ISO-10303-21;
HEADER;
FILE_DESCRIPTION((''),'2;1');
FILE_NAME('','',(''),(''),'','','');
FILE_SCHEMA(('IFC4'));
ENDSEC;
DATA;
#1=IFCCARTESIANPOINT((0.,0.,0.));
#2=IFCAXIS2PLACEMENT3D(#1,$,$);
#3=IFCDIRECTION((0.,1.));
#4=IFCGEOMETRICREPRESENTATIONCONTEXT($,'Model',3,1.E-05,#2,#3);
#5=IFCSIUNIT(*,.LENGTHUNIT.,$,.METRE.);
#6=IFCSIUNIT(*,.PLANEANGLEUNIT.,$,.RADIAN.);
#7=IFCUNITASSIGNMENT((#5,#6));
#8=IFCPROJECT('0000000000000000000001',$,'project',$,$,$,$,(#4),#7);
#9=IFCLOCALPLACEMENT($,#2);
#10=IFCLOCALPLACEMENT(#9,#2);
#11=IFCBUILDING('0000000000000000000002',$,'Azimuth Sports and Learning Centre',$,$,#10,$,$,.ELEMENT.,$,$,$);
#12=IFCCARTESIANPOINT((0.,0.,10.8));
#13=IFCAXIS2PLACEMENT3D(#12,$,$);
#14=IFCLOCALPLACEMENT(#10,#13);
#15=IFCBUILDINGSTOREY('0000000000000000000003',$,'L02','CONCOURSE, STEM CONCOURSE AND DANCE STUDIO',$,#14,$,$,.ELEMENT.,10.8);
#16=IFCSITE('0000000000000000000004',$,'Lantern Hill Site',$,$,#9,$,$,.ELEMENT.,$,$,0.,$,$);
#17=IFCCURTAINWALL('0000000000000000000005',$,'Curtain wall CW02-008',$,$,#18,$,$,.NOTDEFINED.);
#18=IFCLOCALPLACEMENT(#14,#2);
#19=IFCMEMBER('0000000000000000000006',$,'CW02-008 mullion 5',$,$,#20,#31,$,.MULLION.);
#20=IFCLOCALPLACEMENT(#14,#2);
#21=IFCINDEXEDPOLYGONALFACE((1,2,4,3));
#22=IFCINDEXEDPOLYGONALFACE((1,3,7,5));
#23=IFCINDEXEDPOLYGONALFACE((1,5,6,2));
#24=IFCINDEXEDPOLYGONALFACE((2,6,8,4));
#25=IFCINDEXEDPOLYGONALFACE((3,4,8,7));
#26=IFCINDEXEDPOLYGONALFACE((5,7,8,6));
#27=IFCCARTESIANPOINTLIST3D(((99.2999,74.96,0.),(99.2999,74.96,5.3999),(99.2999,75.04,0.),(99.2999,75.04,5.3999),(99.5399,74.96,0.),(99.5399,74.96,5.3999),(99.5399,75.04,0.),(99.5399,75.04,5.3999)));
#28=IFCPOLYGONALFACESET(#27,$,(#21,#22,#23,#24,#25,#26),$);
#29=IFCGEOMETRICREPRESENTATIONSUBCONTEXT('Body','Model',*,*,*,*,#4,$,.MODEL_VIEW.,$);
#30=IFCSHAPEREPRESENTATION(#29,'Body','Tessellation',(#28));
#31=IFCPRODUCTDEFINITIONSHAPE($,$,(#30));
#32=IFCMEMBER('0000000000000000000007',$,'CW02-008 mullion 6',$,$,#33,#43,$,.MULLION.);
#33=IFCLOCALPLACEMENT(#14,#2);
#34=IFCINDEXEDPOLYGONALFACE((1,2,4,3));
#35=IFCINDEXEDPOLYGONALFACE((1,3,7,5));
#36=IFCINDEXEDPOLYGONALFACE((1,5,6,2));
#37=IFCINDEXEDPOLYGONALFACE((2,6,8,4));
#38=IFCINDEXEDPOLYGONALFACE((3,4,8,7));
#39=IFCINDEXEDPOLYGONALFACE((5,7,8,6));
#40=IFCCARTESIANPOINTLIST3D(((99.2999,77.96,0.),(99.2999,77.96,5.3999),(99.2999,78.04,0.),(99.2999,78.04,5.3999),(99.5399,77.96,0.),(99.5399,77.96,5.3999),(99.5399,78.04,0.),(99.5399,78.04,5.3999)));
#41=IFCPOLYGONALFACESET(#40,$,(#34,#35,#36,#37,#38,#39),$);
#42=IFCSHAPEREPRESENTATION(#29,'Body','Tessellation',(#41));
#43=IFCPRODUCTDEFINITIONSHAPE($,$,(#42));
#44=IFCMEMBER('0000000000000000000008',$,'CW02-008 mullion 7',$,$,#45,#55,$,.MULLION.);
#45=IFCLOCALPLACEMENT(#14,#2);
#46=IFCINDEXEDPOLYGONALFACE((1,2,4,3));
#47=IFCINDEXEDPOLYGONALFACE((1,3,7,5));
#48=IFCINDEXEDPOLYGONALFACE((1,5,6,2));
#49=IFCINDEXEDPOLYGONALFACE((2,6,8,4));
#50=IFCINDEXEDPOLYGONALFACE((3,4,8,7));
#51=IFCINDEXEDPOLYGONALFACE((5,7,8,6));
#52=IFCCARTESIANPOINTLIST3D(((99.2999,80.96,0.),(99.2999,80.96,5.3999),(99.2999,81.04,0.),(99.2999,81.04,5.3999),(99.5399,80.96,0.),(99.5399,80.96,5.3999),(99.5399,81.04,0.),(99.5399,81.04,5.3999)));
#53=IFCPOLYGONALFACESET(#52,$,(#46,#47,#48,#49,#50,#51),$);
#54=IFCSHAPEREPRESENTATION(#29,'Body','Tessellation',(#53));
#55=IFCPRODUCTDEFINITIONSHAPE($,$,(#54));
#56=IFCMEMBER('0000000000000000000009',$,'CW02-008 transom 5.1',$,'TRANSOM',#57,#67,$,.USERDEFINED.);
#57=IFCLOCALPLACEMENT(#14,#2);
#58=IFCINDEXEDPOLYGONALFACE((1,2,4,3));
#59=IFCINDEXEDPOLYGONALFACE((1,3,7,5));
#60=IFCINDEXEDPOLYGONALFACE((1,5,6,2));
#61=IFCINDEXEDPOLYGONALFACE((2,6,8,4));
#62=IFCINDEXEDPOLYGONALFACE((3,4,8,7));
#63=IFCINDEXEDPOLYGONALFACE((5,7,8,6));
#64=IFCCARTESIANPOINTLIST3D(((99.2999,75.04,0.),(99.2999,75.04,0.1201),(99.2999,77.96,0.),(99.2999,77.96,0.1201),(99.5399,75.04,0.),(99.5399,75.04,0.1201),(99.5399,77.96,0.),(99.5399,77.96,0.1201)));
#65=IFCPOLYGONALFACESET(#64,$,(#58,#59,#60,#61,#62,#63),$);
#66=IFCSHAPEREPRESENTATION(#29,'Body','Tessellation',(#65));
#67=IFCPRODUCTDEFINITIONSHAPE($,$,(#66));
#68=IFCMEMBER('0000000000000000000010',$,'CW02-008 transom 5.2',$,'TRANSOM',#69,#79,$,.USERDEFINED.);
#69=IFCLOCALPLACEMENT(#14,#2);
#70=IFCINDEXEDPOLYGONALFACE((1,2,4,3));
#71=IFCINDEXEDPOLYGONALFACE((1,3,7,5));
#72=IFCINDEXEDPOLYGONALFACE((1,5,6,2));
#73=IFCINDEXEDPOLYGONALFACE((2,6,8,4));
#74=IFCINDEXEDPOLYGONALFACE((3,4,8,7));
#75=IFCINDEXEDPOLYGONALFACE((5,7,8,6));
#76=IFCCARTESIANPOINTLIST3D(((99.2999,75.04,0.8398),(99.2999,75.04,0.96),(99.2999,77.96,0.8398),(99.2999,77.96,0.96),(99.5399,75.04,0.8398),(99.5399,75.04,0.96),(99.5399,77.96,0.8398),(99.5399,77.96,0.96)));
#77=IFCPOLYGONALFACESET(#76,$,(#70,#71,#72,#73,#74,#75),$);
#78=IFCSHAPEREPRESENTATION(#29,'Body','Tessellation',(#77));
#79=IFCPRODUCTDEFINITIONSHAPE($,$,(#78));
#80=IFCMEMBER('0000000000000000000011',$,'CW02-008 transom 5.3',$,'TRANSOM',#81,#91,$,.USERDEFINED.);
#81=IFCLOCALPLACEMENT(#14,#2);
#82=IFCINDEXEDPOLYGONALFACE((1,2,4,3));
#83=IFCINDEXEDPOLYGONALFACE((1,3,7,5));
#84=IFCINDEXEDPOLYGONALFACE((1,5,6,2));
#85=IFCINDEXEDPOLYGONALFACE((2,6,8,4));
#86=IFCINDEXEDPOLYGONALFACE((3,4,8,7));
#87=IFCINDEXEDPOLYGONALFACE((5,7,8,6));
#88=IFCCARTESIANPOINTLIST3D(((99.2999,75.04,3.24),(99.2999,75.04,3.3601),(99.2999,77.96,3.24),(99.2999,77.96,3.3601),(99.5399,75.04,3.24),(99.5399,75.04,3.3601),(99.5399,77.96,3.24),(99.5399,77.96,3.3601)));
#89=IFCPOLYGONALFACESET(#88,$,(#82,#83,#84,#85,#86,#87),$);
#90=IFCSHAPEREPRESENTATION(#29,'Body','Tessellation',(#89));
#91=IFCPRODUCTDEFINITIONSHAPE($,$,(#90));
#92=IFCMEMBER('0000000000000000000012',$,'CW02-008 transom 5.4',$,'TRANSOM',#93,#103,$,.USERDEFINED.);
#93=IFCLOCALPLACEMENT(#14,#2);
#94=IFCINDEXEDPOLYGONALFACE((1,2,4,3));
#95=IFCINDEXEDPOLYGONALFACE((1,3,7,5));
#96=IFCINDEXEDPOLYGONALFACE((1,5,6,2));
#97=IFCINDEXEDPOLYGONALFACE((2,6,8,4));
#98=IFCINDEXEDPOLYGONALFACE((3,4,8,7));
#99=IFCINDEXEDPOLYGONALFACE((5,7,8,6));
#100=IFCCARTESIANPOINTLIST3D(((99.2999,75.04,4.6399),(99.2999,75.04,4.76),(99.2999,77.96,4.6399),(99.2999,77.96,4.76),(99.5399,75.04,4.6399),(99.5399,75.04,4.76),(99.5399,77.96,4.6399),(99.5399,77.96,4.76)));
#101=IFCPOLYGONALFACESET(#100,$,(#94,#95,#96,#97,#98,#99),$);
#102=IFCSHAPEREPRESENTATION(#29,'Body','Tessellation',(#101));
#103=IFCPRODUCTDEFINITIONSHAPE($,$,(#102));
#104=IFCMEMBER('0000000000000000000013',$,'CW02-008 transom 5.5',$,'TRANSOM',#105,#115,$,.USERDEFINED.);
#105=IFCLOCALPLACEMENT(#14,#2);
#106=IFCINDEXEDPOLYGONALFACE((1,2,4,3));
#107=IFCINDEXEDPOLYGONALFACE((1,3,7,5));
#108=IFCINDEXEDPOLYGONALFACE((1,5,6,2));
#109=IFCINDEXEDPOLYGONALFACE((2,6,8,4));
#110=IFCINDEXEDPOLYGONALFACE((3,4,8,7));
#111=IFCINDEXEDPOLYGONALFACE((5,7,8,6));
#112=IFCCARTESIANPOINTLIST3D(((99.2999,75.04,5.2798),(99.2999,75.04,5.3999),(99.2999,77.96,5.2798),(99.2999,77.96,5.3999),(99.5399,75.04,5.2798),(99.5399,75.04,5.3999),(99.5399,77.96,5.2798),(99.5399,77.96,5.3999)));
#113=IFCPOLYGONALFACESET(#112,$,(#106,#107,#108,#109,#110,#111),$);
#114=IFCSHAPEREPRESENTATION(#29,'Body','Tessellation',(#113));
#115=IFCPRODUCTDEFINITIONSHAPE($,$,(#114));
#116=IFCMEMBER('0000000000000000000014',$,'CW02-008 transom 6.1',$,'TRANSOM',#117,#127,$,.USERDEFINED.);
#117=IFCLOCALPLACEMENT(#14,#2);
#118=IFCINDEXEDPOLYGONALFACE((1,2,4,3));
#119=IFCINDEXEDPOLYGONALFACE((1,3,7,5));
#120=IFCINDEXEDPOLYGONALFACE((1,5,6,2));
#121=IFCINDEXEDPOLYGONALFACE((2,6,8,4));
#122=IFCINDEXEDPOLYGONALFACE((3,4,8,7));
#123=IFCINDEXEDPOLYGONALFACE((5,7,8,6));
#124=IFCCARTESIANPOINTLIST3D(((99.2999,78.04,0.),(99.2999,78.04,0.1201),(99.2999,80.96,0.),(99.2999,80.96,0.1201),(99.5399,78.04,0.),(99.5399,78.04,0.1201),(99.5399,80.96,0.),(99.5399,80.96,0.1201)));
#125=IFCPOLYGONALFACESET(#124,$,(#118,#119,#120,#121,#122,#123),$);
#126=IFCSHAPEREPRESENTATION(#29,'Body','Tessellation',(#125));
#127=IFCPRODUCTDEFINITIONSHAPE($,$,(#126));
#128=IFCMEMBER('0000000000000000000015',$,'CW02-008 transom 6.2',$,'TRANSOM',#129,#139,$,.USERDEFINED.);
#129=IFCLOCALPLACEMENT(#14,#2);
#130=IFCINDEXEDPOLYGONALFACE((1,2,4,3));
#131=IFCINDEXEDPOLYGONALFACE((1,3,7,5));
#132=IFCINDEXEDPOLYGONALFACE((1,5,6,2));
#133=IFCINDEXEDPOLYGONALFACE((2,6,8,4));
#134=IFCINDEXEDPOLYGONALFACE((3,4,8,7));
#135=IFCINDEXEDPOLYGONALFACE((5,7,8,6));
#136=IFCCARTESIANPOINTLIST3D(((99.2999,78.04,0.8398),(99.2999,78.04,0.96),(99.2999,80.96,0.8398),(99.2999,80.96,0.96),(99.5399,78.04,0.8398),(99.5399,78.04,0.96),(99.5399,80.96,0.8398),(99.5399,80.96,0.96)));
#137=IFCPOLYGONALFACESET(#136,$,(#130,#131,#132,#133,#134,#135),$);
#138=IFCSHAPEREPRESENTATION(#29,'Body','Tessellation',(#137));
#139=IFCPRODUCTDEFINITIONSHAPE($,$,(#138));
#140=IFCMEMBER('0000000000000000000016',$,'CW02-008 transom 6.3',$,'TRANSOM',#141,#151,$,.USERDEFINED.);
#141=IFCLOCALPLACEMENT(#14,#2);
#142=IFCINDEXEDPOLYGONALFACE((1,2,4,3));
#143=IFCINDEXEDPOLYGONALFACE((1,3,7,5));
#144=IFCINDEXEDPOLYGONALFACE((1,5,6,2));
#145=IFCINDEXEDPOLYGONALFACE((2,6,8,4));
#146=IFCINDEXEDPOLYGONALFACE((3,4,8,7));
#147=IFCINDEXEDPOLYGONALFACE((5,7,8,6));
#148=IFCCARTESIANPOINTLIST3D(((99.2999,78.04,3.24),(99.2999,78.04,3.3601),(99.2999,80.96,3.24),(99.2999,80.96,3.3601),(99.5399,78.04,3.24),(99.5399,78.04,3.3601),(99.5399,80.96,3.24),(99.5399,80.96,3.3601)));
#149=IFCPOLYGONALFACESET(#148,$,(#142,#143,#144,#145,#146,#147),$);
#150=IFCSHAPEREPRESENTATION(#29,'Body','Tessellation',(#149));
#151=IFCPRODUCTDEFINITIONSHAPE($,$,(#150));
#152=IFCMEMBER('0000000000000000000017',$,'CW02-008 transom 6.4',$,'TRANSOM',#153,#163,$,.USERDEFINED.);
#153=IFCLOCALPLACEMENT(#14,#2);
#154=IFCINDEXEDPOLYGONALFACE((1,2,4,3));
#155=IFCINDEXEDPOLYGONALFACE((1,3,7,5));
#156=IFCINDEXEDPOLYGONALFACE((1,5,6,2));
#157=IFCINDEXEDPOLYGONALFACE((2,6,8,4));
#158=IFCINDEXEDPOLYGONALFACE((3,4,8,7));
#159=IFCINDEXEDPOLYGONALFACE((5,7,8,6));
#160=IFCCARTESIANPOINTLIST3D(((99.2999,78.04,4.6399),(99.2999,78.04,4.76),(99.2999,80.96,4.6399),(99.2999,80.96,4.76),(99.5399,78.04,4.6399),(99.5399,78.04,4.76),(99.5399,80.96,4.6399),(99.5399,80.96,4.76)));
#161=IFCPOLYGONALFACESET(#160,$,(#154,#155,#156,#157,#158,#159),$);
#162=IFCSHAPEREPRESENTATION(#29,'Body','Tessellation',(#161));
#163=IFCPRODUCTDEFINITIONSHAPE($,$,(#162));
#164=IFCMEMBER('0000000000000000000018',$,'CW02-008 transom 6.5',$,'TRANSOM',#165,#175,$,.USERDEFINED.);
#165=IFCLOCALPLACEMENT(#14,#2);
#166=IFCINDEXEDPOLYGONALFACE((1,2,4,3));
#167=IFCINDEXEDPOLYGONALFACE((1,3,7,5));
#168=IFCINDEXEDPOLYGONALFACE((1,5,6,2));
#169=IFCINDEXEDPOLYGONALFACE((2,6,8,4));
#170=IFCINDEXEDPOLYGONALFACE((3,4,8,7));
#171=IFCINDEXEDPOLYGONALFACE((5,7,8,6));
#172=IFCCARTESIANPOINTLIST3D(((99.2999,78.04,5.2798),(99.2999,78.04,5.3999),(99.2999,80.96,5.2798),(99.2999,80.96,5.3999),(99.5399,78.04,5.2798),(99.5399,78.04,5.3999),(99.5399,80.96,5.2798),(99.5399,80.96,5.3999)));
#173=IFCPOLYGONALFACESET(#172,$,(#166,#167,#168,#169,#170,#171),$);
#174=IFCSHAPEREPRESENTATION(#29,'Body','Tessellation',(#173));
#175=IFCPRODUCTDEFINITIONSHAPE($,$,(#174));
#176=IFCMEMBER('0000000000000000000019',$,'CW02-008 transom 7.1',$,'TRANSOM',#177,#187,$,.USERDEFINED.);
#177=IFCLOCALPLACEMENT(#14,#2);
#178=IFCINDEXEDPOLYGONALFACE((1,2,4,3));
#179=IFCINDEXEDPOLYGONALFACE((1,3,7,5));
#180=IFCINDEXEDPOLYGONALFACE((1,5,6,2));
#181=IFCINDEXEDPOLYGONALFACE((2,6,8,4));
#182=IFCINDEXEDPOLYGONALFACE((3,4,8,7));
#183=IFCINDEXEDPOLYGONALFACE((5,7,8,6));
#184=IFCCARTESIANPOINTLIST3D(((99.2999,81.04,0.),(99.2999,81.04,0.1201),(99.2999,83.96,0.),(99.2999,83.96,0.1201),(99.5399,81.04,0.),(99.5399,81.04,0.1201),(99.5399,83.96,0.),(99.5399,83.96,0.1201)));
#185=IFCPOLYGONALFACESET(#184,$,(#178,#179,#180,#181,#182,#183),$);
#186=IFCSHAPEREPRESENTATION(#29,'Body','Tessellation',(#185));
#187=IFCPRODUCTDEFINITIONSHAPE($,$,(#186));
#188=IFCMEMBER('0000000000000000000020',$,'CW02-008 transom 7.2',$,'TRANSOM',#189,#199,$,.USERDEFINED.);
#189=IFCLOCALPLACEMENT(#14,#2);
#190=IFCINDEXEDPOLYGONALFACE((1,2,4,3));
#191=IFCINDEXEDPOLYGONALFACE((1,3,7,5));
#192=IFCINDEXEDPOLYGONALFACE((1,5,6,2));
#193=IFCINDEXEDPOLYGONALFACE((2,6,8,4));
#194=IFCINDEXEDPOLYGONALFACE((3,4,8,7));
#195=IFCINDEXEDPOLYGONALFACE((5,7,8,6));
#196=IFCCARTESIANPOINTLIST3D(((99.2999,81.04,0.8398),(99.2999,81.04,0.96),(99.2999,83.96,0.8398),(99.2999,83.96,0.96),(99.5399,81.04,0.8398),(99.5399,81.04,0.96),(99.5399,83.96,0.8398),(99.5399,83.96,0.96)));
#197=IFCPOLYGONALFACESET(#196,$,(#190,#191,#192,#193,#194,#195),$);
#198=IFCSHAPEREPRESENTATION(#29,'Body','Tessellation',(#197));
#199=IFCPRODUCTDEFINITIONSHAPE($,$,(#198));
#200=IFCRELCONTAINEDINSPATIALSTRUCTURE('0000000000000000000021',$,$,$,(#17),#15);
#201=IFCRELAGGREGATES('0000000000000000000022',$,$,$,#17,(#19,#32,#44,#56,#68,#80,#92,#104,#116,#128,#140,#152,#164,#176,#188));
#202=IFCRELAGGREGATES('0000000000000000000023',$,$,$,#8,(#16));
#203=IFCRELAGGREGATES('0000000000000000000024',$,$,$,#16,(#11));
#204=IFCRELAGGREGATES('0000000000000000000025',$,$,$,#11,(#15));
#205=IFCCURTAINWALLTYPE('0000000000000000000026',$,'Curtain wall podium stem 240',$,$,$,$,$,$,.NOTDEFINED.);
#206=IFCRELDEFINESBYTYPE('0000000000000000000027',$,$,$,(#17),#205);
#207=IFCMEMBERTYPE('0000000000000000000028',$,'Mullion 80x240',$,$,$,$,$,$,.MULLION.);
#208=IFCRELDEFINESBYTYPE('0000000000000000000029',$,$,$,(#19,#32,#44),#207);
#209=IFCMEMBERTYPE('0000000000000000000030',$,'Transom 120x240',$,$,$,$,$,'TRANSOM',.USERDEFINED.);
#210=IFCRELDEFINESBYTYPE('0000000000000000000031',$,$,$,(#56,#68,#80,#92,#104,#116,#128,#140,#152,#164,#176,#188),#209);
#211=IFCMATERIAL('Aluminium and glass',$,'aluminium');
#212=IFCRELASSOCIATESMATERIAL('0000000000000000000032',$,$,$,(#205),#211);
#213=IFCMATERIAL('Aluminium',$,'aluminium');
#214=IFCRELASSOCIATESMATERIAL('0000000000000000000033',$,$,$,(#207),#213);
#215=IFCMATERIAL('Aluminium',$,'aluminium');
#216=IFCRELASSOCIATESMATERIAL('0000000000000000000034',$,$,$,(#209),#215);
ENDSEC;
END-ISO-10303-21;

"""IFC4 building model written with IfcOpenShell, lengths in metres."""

from ifc_helpers import new_model, si_unit, direction, frame, origin, origin_2d, place, context, subcontext, project, spatial, rectangle, extrude, material, material_profile, profile_set, type_object, element, aggregate, save


model = new_model("IFC4")

# Units and contexts
model_context = context("Model", 3, precision=1e-05, world=origin(), true_north=direction((0.0, 1.0)))
body_context = subcontext(model_context, "Body", "Model", "MODEL_VIEW")
ifc_project = project(units=[si_unit("LENGTHUNIT", "METRE"), si_unit("PLANEANGLEUNIT", "RADIAN")], contexts=[model_context])

# Site, building, storey
site_placement = place(None, origin())
site = spatial("IfcSite", under=ifc_project, at=site_placement, Name="Lantern Hill Site", CompositionType="ELEMENT", RefElevation=0.0)
building_placement = place(site_placement, origin())
building = spatial("IfcBuilding", under=site, at=building_placement, Name="Azimuth Sports and Learning Centre", CompositionType="ELEMENT")
storey_placement = place(building_placement, frame((0.0, 0.0, 10.8)))
storey = spatial("IfcBuildingStorey", under=building, at=storey_placement, Name="L02", Description="CONCOURSE, STEM CONCOURSE AND DANCE STUDIO", CompositionType="ELEMENT", Elevation=10.8)

# Curtain wall, members
ifc_material_1 = material(Name="Aluminium and glass", Category="aluminium")
curtain_wall_type = type_object("IfcCurtainWallType", Name="Curtain wall podium stem 240", PredefinedType="NOTDEFINED", material=ifc_material_1)
curtain_wall_placement = place(storey_placement, origin())
curtain_wall = element("IfcCurtainWall", 1, at=curtain_wall_placement, inside=storey, type_object=curtain_wall_type, Name="Curtain wall CW02-008", PredefinedType="NOTDEFINED")
ifc_material_2 = material(Name="Aluminium", Category="aluminium")
ifc_material_profile_1 = material_profile(ifc_material_2, rectangle(XDim=0.24, YDim=0.0801, at=origin_2d()), Name="Mullion 80x240")
ifc_profile_set_1 = profile_set([ifc_material_profile_1], Name="Aluminium")
member_type_1 = type_object("IfcMemberType", Name="Mullion 80x240", PredefinedType="MULLION", material=ifc_profile_set_1)
member_1_placement = place(storey_placement, frame((99.4199, 75.0, 0.0), z_axis=(0.0, 0.0, 1.0), x_axis=(-1.0, 0.0, 0.0)))
member_1 = element("IfcMember", 2, at=member_1_placement, type_object=member_type_1, Name="CW02-008 mullion 5", PredefinedType="MULLION", context=body_context, shape_type="SweptSolid", body=[
    extrude(rectangle(XDim=0.24, YDim=0.0801, at=origin_2d()), origin(), (0.0, 0.0, 1.0), 5.3999),
])
member_2_placement = place(storey_placement, frame((99.4199, 78.0, 0.0), z_axis=(0.0, 0.0, 1.0), x_axis=(-1.0, 0.0, 0.0)))
member_2 = element("IfcMember", 3, at=member_2_placement, type_object=member_type_1, Name="CW02-008 mullion 6", PredefinedType="MULLION", context=body_context, shape_type="SweptSolid", body=[
    extrude(rectangle(XDim=0.24, YDim=0.0801, at=origin_2d()), origin(), (0.0, 0.0, 1.0), 5.3999),
])
member_3_placement = place(storey_placement, frame((99.4199, 81.0, 0.0), z_axis=(0.0, 0.0, 1.0), x_axis=(-1.0, 0.0, 0.0)))
member_3 = element("IfcMember", 4, at=member_3_placement, type_object=member_type_1, Name="CW02-008 mullion 7", PredefinedType="MULLION", context=body_context, shape_type="SweptSolid", body=[
    extrude(rectangle(XDim=0.24, YDim=0.0801, at=origin_2d()), origin(), (0.0, 0.0, 1.0), 5.3999),
])
ifc_material_3 = material(Name="Aluminium", Category="aluminium")
ifc_material_profile_2 = material_profile(ifc_material_3, rectangle(XDim=0.24, YDim=0.1201, at=origin_2d()), Name="Transom 120x240")
ifc_profile_set_2 = profile_set([ifc_material_profile_2], Name="Aluminium")
member_type_2 = type_object("IfcMemberType", Name="Transom 120x240", ElementType="TRANSOM", PredefinedType="USERDEFINED", material=ifc_profile_set_2)
member_4_placement = place(storey_placement, frame((99.4199, 75.04, 0.0601), z_axis=(0.0, 1.0, 0.0), x_axis=(-1.0, 0.0, 0.0)))
member_4 = element("IfcMember", 5, at=member_4_placement, type_object=member_type_2, Name="CW02-008 transom 5.1", ObjectType="TRANSOM", PredefinedType="USERDEFINED", context=body_context, shape_type="SweptSolid", body=[
    extrude(rectangle(XDim=0.24, YDim=0.1201, at=origin_2d()), origin(), (0.0, 0.0, 1.0), 2.9199),
])
member_5_placement = place(storey_placement, frame((99.4199, 75.04, 0.8999), z_axis=(0.0, 1.0, 0.0), x_axis=(-1.0, 0.0, 0.0)))
member_5 = element("IfcMember", 6, at=member_5_placement, type_object=member_type_2, Name="CW02-008 transom 5.2", ObjectType="TRANSOM", PredefinedType="USERDEFINED", context=body_context, shape_type="SweptSolid", body=[
    extrude(rectangle(XDim=0.24, YDim=0.1201, at=origin_2d()), origin(), (0.0, 0.0, 1.0), 2.9199),
])
member_6_placement = place(storey_placement, frame((99.4199, 75.04, 3.3), z_axis=(0.0, 1.0, 0.0), x_axis=(-1.0, 0.0, 0.0)))
member_6 = element("IfcMember", 7, at=member_6_placement, type_object=member_type_2, Name="CW02-008 transom 5.3", ObjectType="TRANSOM", PredefinedType="USERDEFINED", context=body_context, shape_type="SweptSolid", body=[
    extrude(rectangle(XDim=0.24, YDim=0.1201, at=origin_2d()), origin(), (0.0, 0.0, 1.0), 2.9199),
])
member_7_placement = place(storey_placement, frame((99.4199, 75.04, 4.7), z_axis=(0.0, 1.0, 0.0), x_axis=(-1.0, 0.0, 0.0)))
member_7 = element("IfcMember", 8, at=member_7_placement, type_object=member_type_2, Name="CW02-008 transom 5.4", ObjectType="TRANSOM", PredefinedType="USERDEFINED", context=body_context, shape_type="SweptSolid", body=[
    extrude(rectangle(XDim=0.24, YDim=0.1201, at=origin_2d()), origin(), (0.0, 0.0, 1.0), 2.9199),
])
member_8_placement = place(storey_placement, frame((99.4199, 75.04, 5.3398), z_axis=(0.0, 1.0, 0.0), x_axis=(-1.0, 0.0, 0.0)))
member_8 = element("IfcMember", 9, at=member_8_placement, type_object=member_type_2, Name="CW02-008 transom 5.5", ObjectType="TRANSOM", PredefinedType="USERDEFINED", context=body_context, shape_type="SweptSolid", body=[
    extrude(rectangle(XDim=0.24, YDim=0.1201, at=origin_2d()), origin(), (0.0, 0.0, 1.0), 2.9199),
])
member_9_placement = place(storey_placement, frame((99.4199, 78.04, 0.0601), z_axis=(0.0, 1.0, 0.0), x_axis=(-1.0, 0.0, 0.0)))
member_9 = element("IfcMember", 10, at=member_9_placement, type_object=member_type_2, Name="CW02-008 transom 6.1", ObjectType="TRANSOM", PredefinedType="USERDEFINED", context=body_context, shape_type="SweptSolid", body=[
    extrude(rectangle(XDim=0.24, YDim=0.1201, at=origin_2d()), origin(), (0.0, 0.0, 1.0), 2.9199),
])
member_10_placement = place(storey_placement, frame((99.4199, 78.04, 0.8999), z_axis=(0.0, 1.0, 0.0), x_axis=(-1.0, 0.0, 0.0)))
member_10 = element("IfcMember", 11, at=member_10_placement, type_object=member_type_2, Name="CW02-008 transom 6.2", ObjectType="TRANSOM", PredefinedType="USERDEFINED", context=body_context, shape_type="SweptSolid", body=[
    extrude(rectangle(XDim=0.24, YDim=0.1201, at=origin_2d()), origin(), (0.0, 0.0, 1.0), 2.9199),
])
member_11_placement = place(storey_placement, frame((99.4199, 78.04, 3.3), z_axis=(0.0, 1.0, 0.0), x_axis=(-1.0, 0.0, 0.0)))
member_11 = element("IfcMember", 12, at=member_11_placement, type_object=member_type_2, Name="CW02-008 transom 6.3", ObjectType="TRANSOM", PredefinedType="USERDEFINED", context=body_context, shape_type="SweptSolid", body=[
    extrude(rectangle(XDim=0.24, YDim=0.1201, at=origin_2d()), origin(), (0.0, 0.0, 1.0), 2.9199),
])
member_12_placement = place(storey_placement, frame((99.4199, 78.04, 4.7), z_axis=(0.0, 1.0, 0.0), x_axis=(-1.0, 0.0, 0.0)))
member_12 = element("IfcMember", 13, at=member_12_placement, type_object=member_type_2, Name="CW02-008 transom 6.4", ObjectType="TRANSOM", PredefinedType="USERDEFINED", context=body_context, shape_type="SweptSolid", body=[
    extrude(rectangle(XDim=0.24, YDim=0.1201, at=origin_2d()), origin(), (0.0, 0.0, 1.0), 2.9199),
])
member_13_placement = place(storey_placement, frame((99.4199, 78.04, 5.3398), z_axis=(0.0, 1.0, 0.0), x_axis=(-1.0, 0.0, 0.0)))
member_13 = element("IfcMember", 14, at=member_13_placement, type_object=member_type_2, Name="CW02-008 transom 6.5", ObjectType="TRANSOM", PredefinedType="USERDEFINED", context=body_context, shape_type="SweptSolid", body=[
    extrude(rectangle(XDim=0.24, YDim=0.1201, at=origin_2d()), origin(), (0.0, 0.0, 1.0), 2.9199),
])
member_14_placement = place(storey_placement, frame((99.4199, 81.04, 0.0601), z_axis=(0.0, 1.0, 0.0), x_axis=(-1.0, 0.0, 0.0)))
member_14 = element("IfcMember", 15, at=member_14_placement, type_object=member_type_2, Name="CW02-008 transom 7.1", ObjectType="TRANSOM", PredefinedType="USERDEFINED", context=body_context, shape_type="SweptSolid", body=[
    extrude(rectangle(XDim=0.24, YDim=0.1201, at=origin_2d()), origin(), (0.0, 0.0, 1.0), 2.9199),
])
member_15_placement = place(storey_placement, frame((99.4199, 81.04, 0.8999), z_axis=(0.0, 1.0, 0.0), x_axis=(-1.0, 0.0, 0.0)))
member_15 = element("IfcMember", 16, at=member_15_placement, type_object=member_type_2, Name="CW02-008 transom 7.2", ObjectType="TRANSOM", PredefinedType="USERDEFINED", context=body_context, shape_type="SweptSolid", body=[
    extrude(rectangle(XDim=0.24, YDim=0.1201, at=origin_2d()), origin(), (0.0, 0.0, 1.0), 2.9199),
])
aggregate(curtain_wall, [member_1, member_2, member_3, member_4, member_5, member_6, member_7, member_8, member_9, member_10, member_11, member_12, member_13, member_14, member_15])

save(model, "model.ifc")
